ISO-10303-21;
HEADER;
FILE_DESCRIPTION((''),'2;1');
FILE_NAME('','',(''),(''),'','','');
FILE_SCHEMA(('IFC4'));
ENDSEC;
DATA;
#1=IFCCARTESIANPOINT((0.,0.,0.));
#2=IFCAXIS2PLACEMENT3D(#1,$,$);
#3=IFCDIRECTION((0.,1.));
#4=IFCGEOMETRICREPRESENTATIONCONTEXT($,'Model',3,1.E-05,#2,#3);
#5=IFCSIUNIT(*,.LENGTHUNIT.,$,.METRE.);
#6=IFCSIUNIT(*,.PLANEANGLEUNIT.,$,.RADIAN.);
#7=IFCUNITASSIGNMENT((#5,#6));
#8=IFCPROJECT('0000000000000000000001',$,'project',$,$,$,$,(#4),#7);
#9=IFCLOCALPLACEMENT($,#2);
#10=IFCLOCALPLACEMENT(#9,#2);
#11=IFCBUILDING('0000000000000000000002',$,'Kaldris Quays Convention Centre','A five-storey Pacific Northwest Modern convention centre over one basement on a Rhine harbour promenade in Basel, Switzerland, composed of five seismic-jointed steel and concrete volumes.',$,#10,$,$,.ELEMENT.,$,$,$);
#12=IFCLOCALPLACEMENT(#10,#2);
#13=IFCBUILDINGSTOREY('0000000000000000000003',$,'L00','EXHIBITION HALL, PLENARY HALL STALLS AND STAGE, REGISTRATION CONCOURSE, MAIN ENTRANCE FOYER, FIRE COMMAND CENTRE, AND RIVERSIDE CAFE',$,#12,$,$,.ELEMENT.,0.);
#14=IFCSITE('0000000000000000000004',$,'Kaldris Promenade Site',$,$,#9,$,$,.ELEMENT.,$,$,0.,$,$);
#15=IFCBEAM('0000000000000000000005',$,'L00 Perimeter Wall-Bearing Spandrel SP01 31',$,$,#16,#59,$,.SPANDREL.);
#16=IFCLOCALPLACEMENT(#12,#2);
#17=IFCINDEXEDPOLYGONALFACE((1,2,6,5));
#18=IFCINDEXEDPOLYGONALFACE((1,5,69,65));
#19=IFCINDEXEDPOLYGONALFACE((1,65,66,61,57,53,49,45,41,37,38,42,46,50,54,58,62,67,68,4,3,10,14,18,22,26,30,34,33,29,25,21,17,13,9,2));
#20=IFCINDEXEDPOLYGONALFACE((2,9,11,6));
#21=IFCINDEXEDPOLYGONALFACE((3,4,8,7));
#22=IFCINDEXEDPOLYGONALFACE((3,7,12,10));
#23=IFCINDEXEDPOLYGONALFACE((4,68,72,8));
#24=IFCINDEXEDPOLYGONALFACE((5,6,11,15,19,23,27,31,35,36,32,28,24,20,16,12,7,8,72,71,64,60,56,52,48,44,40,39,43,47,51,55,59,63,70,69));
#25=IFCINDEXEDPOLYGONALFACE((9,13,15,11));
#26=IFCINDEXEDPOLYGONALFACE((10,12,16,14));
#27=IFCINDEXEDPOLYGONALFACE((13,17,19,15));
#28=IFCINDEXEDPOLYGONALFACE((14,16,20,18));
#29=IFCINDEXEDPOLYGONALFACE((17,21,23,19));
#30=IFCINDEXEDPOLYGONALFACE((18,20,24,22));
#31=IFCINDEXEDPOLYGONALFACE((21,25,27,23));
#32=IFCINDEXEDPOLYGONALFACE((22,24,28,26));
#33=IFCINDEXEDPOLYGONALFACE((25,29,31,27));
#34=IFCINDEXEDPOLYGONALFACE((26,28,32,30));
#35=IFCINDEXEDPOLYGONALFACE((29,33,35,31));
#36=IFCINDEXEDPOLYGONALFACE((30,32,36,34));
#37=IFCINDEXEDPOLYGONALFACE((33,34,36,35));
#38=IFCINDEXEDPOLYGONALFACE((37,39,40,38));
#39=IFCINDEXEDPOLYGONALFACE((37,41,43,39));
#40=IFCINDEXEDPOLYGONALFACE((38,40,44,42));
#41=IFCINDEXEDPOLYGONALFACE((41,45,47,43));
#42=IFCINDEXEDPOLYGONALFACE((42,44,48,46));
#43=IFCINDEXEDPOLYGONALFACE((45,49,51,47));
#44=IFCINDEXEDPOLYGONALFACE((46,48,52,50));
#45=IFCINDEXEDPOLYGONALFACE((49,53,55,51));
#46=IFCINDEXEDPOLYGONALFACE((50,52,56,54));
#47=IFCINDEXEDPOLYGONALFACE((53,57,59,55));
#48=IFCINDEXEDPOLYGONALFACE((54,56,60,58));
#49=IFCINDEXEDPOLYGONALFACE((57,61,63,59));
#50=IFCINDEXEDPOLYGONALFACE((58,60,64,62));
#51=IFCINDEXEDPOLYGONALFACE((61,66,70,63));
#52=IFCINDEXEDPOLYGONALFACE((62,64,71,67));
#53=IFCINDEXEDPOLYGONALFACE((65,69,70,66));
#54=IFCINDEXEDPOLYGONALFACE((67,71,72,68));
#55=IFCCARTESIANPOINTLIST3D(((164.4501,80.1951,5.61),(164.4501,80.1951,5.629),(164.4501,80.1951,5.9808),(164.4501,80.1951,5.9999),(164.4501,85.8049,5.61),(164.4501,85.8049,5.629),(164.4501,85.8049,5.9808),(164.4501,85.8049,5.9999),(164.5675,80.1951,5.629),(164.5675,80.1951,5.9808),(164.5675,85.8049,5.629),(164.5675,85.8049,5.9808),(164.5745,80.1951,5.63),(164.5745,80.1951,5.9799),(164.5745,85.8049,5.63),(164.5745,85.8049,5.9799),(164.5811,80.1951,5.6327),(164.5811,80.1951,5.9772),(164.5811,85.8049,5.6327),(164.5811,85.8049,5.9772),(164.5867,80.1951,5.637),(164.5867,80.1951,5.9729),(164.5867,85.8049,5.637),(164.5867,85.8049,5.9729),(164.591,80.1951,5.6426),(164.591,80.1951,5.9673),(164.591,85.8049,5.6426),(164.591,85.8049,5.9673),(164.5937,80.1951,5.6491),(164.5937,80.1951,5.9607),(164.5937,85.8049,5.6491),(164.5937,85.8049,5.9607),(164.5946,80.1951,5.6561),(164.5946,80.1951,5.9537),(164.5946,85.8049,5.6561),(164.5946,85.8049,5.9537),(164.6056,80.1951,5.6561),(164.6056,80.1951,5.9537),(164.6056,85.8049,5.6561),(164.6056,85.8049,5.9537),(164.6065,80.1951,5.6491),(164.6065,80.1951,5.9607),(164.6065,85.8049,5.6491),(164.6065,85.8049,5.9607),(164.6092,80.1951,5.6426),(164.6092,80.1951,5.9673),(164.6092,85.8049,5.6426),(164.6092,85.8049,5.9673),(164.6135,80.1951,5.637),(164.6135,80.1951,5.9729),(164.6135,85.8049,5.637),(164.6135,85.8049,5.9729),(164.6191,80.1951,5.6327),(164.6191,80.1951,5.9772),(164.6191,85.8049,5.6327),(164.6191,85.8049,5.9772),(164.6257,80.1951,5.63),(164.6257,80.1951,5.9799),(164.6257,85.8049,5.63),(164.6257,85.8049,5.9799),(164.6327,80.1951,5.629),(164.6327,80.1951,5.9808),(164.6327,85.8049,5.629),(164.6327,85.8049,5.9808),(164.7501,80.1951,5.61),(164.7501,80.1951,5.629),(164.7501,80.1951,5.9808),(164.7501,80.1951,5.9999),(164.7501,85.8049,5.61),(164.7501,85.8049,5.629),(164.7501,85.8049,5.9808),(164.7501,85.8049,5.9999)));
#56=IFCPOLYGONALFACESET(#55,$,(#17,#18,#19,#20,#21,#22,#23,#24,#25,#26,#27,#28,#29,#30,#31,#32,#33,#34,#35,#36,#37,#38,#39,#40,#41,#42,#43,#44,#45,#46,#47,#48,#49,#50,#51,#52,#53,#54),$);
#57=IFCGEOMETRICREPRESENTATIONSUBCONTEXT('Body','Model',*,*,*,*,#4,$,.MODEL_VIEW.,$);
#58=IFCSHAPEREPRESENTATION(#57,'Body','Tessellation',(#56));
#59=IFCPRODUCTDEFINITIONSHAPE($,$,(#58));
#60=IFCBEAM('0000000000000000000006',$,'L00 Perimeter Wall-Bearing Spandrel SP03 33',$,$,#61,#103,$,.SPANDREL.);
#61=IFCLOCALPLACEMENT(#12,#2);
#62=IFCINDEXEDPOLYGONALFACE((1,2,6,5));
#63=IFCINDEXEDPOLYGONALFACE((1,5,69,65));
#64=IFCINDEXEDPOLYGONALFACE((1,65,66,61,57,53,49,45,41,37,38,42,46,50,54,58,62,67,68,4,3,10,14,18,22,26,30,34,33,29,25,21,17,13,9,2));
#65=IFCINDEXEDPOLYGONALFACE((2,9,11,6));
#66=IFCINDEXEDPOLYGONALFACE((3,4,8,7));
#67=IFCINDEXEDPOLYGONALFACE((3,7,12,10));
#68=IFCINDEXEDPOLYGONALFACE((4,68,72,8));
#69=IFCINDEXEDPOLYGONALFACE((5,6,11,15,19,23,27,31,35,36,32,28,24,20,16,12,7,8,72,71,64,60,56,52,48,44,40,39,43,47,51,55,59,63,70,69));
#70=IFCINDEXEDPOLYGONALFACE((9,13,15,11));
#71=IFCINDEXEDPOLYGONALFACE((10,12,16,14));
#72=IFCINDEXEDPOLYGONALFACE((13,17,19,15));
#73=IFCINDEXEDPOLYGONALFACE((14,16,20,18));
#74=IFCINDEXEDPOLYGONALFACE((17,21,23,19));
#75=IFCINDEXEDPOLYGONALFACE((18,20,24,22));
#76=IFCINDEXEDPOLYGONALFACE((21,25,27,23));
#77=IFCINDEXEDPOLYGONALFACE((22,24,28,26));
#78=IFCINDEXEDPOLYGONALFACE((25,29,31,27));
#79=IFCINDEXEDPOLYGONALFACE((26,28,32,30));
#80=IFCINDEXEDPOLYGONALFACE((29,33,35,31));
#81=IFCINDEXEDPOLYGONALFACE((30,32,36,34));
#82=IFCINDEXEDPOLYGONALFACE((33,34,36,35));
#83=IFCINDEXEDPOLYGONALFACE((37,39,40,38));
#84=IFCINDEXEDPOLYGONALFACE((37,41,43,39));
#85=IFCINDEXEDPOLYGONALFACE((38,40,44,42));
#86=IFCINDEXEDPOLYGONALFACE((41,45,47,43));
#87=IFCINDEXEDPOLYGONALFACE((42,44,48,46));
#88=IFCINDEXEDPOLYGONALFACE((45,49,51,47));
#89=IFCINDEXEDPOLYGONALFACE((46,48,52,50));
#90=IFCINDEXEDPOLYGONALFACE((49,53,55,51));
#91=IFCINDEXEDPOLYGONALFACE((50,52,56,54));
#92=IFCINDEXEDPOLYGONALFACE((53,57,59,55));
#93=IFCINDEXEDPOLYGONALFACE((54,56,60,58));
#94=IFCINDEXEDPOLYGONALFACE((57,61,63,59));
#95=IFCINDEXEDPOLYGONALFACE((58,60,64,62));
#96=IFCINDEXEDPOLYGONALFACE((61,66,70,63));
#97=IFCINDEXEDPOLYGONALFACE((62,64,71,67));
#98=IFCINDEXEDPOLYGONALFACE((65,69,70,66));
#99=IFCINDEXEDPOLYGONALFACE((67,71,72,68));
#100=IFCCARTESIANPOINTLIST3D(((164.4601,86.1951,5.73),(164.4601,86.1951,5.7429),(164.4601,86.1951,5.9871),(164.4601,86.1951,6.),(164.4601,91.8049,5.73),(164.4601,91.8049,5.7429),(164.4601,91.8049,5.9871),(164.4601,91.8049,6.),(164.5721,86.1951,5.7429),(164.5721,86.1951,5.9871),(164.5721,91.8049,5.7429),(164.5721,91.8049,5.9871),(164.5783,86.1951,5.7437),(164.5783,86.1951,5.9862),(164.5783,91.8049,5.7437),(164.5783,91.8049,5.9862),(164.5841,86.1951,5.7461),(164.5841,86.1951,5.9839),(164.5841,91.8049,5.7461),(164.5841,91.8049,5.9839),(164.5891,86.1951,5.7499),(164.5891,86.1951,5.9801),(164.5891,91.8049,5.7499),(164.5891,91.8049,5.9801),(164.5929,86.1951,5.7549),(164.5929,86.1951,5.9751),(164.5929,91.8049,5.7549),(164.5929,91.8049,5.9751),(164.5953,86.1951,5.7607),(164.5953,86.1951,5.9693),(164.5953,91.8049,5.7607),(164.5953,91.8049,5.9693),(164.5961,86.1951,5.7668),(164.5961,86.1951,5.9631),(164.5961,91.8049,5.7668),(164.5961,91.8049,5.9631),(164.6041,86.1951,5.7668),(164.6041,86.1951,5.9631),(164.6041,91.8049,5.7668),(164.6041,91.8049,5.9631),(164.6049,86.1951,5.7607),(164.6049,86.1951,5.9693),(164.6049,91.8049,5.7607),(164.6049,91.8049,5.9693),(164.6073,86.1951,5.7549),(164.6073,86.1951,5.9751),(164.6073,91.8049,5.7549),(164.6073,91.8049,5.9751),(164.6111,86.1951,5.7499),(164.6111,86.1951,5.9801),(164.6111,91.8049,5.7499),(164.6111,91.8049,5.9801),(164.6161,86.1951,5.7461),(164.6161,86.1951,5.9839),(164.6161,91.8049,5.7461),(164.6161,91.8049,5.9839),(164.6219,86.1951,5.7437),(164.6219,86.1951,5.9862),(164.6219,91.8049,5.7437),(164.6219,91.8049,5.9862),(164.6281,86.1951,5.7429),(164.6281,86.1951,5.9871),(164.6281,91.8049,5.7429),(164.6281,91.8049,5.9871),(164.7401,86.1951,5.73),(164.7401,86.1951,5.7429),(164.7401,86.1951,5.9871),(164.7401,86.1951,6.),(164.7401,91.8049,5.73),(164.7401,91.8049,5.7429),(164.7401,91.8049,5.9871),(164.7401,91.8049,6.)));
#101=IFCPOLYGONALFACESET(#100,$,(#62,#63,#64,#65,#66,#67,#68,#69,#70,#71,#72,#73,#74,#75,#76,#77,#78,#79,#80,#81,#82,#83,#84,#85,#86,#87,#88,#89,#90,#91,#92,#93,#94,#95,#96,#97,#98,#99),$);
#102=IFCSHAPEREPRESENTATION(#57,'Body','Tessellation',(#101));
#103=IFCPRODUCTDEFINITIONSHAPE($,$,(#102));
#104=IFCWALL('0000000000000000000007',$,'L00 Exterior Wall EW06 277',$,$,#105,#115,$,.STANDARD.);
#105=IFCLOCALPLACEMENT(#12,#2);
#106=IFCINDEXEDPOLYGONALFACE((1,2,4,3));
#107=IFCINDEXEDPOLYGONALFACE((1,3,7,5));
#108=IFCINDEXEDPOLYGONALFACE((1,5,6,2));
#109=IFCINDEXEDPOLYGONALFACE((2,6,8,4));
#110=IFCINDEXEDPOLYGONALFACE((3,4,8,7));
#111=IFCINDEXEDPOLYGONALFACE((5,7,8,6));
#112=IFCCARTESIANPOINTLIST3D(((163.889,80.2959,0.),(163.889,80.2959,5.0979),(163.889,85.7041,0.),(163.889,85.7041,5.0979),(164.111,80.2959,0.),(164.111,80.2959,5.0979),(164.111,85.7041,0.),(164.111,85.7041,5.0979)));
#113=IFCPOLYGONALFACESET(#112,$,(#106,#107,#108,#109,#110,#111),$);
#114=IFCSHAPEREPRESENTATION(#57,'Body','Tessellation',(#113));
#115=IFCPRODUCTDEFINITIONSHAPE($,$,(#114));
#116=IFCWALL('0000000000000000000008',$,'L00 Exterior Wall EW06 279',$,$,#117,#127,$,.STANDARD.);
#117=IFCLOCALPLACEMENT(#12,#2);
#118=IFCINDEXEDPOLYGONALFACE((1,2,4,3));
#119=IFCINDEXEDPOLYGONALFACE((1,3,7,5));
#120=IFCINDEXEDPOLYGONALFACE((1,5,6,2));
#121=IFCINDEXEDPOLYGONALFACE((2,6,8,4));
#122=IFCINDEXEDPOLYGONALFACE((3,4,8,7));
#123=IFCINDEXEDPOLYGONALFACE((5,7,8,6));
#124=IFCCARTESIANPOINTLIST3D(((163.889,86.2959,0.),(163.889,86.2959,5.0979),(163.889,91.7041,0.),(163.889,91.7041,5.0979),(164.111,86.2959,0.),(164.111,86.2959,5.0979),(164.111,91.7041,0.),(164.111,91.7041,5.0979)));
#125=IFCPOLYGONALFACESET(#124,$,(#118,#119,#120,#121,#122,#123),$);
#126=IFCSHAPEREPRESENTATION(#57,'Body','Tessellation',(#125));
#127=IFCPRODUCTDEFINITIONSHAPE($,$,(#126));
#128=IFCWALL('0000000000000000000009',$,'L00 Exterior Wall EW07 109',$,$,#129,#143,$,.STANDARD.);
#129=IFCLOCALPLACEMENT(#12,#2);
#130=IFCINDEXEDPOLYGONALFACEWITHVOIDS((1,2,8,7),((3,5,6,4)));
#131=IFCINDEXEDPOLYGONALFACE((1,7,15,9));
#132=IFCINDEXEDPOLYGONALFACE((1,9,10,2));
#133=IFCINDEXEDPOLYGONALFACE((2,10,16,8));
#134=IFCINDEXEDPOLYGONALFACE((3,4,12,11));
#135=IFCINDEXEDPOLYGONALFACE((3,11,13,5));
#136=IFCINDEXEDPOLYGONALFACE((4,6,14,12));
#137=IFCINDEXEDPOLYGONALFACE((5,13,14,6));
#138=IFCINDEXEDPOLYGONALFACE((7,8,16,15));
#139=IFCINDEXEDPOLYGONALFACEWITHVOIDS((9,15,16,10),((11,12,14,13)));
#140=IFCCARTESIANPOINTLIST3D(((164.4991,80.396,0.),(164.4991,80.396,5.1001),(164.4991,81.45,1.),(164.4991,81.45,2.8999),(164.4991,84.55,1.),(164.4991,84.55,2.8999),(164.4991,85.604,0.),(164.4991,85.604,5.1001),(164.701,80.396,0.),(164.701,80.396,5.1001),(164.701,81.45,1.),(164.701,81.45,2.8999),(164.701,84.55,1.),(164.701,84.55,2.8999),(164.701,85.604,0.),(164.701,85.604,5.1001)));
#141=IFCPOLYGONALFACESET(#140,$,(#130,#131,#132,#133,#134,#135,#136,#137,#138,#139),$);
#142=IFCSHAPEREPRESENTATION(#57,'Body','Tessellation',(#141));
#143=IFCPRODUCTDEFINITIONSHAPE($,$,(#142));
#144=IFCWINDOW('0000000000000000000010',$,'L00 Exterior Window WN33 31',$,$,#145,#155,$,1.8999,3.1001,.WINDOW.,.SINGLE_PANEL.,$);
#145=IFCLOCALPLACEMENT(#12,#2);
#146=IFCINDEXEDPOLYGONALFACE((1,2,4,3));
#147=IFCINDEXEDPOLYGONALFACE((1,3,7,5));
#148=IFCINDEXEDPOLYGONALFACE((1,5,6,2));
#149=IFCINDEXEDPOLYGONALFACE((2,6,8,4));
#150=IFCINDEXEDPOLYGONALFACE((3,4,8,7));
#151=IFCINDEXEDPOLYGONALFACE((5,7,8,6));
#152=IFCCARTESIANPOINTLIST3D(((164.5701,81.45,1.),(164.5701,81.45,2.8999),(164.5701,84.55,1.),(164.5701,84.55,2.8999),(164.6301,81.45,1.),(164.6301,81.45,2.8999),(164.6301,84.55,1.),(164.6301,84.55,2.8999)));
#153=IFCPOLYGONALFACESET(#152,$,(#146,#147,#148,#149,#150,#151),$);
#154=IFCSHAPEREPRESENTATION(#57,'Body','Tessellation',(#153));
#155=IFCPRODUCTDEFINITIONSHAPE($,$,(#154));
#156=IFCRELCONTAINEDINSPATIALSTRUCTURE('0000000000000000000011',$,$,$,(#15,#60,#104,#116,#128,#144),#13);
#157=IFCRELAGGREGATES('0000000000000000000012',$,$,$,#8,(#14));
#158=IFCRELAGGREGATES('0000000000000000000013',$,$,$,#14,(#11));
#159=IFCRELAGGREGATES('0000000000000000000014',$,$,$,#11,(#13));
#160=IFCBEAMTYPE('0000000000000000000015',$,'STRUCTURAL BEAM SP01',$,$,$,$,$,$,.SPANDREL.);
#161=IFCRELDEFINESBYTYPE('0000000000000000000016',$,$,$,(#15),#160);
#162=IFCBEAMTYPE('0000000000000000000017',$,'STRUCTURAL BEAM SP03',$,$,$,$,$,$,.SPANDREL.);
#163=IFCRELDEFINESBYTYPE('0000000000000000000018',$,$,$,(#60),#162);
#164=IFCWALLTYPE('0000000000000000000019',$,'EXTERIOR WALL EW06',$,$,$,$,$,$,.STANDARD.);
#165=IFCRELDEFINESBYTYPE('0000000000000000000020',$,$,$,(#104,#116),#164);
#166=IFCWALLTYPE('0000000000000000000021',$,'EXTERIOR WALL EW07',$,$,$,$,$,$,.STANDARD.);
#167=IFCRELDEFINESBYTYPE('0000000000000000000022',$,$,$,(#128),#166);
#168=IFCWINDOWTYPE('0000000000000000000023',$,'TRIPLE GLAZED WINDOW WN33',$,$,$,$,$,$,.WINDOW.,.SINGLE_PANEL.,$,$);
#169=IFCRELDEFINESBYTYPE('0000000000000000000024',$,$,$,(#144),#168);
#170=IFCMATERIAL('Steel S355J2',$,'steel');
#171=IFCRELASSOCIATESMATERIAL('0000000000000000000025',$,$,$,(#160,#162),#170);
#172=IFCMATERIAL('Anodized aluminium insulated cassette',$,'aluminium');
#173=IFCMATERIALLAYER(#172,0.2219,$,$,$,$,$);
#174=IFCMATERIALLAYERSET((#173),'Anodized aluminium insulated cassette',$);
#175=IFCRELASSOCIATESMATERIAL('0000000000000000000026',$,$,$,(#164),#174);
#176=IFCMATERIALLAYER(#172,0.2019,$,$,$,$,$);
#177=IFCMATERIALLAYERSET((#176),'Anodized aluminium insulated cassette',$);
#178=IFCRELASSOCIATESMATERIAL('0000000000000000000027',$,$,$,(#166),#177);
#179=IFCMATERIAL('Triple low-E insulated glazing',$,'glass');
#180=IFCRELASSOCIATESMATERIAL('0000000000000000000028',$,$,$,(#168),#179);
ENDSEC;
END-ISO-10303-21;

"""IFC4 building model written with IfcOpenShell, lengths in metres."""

from ifc_helpers import new_model, si_unit, direction, frame, frame_2d, origin, origin_2d, place, context, subcontext, project, spatial, rectangle, i_section, extrude, material, layer, layer_set, material_profile, profile_set, type_object, element, fill, save


model = new_model("IFC4")

# Units and contexts
model_context = context("Model", 3, precision=1e-05, world=origin(), true_north=direction((0.0, 1.0)))
body_context = subcontext(model_context, "Body", "Model", "MODEL_VIEW")
ifc_project = project(units=[si_unit("LENGTHUNIT", "METRE"), si_unit("PLANEANGLEUNIT", "RADIAN")], contexts=[model_context])

# Site, building, storey
site_placement = place(None, origin())
site = spatial("IfcSite", under=ifc_project, at=site_placement, Name="Kaldris Promenade Site", CompositionType="ELEMENT", RefElevation=0.0)
building_placement = place(site_placement, origin())
building = spatial("IfcBuilding", under=site, at=building_placement, Name="Kaldris Quays Convention Centre", Description="A five-storey Pacific Northwest Modern convention centre over one basement on a Rhine harbour promenade in Basel, Switzerland, composed of five seismic-jointed steel and concrete volumes.", CompositionType="ELEMENT")
storey_placement = place(building_placement, origin())
storey = spatial("IfcBuildingStorey", under=building, at=storey_placement, Name="L00", Description="EXHIBITION HALL, PLENARY HALL STALLS AND STAGE, REGISTRATION CONCOURSE, MAIN ENTRANCE FOYER, FIRE COMMAND CENTRE, AND RIVERSIDE CAFE", CompositionType="ELEMENT", Elevation=0.0)

# Shared definitions
ifc_material_1 = material(Name="Steel S355J2", Category="steel")

# Beams
ifc_material_profile_1 = material_profile(ifc_material_1, i_section(OverallWidth=0.3, OverallDepth=0.3899, WebThickness=0.011, FlangeThickness=0.019, FilletRadius=0.0271, at=origin_2d()), Name="HEA 400")
ifc_profile_set_1 = profile_set([ifc_material_profile_1], Name="Steel S355J2")
beam_type_1 = type_object("IfcBeamType", Name="STRUCTURAL BEAM SP01", PredefinedType="SPANDREL", material=ifc_profile_set_1)
beam_1_placement = place(storey_placement, frame((164.6001, 80.1951, 5.8049), z_axis=(0.0, 1.0, 0.0), x_axis=(-1.0, 0.0, 0.0)))
element("IfcBeam", 1, at=beam_1_placement, inside=storey, type_object=beam_type_1, Name="L00 Perimeter Wall-Bearing Spandrel SP01 31", PredefinedType="SPANDREL", context=body_context, shape_type="SweptSolid", body=[
    extrude(i_section(OverallWidth=0.3, OverallDepth=0.3899, WebThickness=0.011, FlangeThickness=0.019, FilletRadius=0.0271, at=origin_2d()), origin(), (0.0, 0.0, 1.0), 5.6099),
])
ifc_material_profile_2 = material_profile(ifc_material_1, i_section(OverallWidth=0.28, OverallDepth=0.27, WebThickness=0.0081, FlangeThickness=0.0129, FilletRadius=0.0239, at=origin_2d()), Name="HEA 280")
ifc_profile_set_2 = profile_set([ifc_material_profile_2], Name="Steel S355J2")
beam_type_2 = type_object("IfcBeamType", Name="STRUCTURAL BEAM SP03", PredefinedType="SPANDREL", material=ifc_profile_set_2)
beam_2_placement = place(storey_placement, frame((164.6001, 86.1951, 5.865), z_axis=(0.0, 1.0, 0.0), x_axis=(-1.0, 0.0, 0.0)))
element("IfcBeam", 2, at=beam_2_placement, inside=storey, type_object=beam_type_2, Name="L00 Perimeter Wall-Bearing Spandrel SP03 33", PredefinedType="SPANDREL", context=body_context, shape_type="SweptSolid", body=[
    extrude(i_section(OverallWidth=0.28, OverallDepth=0.27, WebThickness=0.0081, FlangeThickness=0.0129, FilletRadius=0.0239, at=origin_2d()), origin(), (0.0, 0.0, 1.0), 5.6099),
])

# Walls
ifc_material_2 = material(Name="Anodized aluminium insulated cassette", Category="aluminium")
ifc_layer_1 = layer(ifc_material_2, 0.2219)
ifc_layer_set_1 = layer_set([ifc_layer_1], Name="Anodized aluminium insulated cassette")
wall_type_1 = type_object("IfcWallType", Name="EXTERIOR WALL EW06", PredefinedType="STANDARD", material=ifc_layer_set_1)
for number, where, z_axis, x_axis, name in (
    (3, (164.0, 80.2959, 0.0), (0.0, 0.0, 1.0), (0.0, 1.0, 0.0), "L00 Exterior Wall EW06 277"),
    (4, (164.0, 86.2959, 0.0), (0.0, 0.0, 1.0), (0.0, 1.0, 0.0), "L00 Exterior Wall EW06 279"),
):
    element("IfcWall", number, at=place(storey_placement, frame(where, z_axis=z_axis, x_axis=x_axis)), inside=storey, type_object=wall_type_1, Name=name, PredefinedType="STANDARD", context=body_context, shape_type="SweptSolid", body=[
        extrude(rectangle(XDim=5.4082, YDim=0.2219, at=frame_2d((2.7041, 0.0))), origin(), (0.0, 0.0, 1.0), 5.0979),
    ])

# Wall, opening, window
ifc_layer_2 = layer(ifc_material_2, 0.2019)
ifc_layer_set_2 = layer_set([ifc_layer_2], Name="Anodized aluminium insulated cassette")
wall_type_2 = type_object("IfcWallType", Name="EXTERIOR WALL EW07", PredefinedType="STANDARD", material=ifc_layer_set_2)
wall_1_placement = place(storey_placement, frame((164.6001, 80.396, 0.0), z_axis=(0.0, 0.0, 1.0), x_axis=(0.0, 1.0, 0.0)))
wall_1 = element("IfcWall", 5, at=wall_1_placement, inside=storey, type_object=wall_type_2, Name="L00 Exterior Wall EW07 109", PredefinedType="STANDARD", context=body_context, shape_type="SweptSolid", body=[
    extrude(rectangle(XDim=5.208, YDim=0.2019, at=frame_2d((2.604, 0.0))), origin(), (0.0, 0.0, 1.0), 5.1001),
])
opening_1_placement = place(wall_1_placement, frame((1.054, 0.0, 1.0)))
opening_1 = element("IfcOpeningElement", 6, at=opening_1_placement, cuts=wall_1, PredefinedType="OPENING", context=body_context, shape_type="SweptSolid", body=[
    extrude(rectangle(XDim=3.1001, YDim=1.8999, at=frame_2d((1.55, 0.95))), frame((0.0, 0.1108, 0.0), z_axis=(0.0, -1.0, 0.0), x_axis=(1.0, 0.0, 0.0)), (0.0, 0.0, 1.0), 0.2219),
])
ifc_material_3 = material(Name="Triple low-E insulated glazing", Category="glass")
window_type_1 = type_object("IfcWindowType", Name="TRIPLE GLAZED WINDOW WN33", PartitioningType="SINGLE_PANEL", PredefinedType="WINDOW", material=ifc_material_3)
window_1_placement = place(opening_1_placement, origin())
window_1 = element("IfcWindow", 7, at=window_1_placement, inside=storey, type_object=window_type_1, Name="L00 Exterior Window WN33 31", OverallHeight=1.8999, OverallWidth=3.1001, PartitioningType="SINGLE_PANEL", PredefinedType="WINDOW", context=body_context, shape_type="SweptSolid", body=[
    extrude(rectangle(XDim=3.1001, YDim=1.8999, at=frame_2d((1.55, 0.95))), frame((0.0, 0.03, 0.0), z_axis=(0.0, -1.0, 0.0), x_axis=(1.0, 0.0, 0.0)), (0.0, 0.0, 1.0), 0.0601),
])
fill(opening_1, window_1)

save(model, "model.ifc")
